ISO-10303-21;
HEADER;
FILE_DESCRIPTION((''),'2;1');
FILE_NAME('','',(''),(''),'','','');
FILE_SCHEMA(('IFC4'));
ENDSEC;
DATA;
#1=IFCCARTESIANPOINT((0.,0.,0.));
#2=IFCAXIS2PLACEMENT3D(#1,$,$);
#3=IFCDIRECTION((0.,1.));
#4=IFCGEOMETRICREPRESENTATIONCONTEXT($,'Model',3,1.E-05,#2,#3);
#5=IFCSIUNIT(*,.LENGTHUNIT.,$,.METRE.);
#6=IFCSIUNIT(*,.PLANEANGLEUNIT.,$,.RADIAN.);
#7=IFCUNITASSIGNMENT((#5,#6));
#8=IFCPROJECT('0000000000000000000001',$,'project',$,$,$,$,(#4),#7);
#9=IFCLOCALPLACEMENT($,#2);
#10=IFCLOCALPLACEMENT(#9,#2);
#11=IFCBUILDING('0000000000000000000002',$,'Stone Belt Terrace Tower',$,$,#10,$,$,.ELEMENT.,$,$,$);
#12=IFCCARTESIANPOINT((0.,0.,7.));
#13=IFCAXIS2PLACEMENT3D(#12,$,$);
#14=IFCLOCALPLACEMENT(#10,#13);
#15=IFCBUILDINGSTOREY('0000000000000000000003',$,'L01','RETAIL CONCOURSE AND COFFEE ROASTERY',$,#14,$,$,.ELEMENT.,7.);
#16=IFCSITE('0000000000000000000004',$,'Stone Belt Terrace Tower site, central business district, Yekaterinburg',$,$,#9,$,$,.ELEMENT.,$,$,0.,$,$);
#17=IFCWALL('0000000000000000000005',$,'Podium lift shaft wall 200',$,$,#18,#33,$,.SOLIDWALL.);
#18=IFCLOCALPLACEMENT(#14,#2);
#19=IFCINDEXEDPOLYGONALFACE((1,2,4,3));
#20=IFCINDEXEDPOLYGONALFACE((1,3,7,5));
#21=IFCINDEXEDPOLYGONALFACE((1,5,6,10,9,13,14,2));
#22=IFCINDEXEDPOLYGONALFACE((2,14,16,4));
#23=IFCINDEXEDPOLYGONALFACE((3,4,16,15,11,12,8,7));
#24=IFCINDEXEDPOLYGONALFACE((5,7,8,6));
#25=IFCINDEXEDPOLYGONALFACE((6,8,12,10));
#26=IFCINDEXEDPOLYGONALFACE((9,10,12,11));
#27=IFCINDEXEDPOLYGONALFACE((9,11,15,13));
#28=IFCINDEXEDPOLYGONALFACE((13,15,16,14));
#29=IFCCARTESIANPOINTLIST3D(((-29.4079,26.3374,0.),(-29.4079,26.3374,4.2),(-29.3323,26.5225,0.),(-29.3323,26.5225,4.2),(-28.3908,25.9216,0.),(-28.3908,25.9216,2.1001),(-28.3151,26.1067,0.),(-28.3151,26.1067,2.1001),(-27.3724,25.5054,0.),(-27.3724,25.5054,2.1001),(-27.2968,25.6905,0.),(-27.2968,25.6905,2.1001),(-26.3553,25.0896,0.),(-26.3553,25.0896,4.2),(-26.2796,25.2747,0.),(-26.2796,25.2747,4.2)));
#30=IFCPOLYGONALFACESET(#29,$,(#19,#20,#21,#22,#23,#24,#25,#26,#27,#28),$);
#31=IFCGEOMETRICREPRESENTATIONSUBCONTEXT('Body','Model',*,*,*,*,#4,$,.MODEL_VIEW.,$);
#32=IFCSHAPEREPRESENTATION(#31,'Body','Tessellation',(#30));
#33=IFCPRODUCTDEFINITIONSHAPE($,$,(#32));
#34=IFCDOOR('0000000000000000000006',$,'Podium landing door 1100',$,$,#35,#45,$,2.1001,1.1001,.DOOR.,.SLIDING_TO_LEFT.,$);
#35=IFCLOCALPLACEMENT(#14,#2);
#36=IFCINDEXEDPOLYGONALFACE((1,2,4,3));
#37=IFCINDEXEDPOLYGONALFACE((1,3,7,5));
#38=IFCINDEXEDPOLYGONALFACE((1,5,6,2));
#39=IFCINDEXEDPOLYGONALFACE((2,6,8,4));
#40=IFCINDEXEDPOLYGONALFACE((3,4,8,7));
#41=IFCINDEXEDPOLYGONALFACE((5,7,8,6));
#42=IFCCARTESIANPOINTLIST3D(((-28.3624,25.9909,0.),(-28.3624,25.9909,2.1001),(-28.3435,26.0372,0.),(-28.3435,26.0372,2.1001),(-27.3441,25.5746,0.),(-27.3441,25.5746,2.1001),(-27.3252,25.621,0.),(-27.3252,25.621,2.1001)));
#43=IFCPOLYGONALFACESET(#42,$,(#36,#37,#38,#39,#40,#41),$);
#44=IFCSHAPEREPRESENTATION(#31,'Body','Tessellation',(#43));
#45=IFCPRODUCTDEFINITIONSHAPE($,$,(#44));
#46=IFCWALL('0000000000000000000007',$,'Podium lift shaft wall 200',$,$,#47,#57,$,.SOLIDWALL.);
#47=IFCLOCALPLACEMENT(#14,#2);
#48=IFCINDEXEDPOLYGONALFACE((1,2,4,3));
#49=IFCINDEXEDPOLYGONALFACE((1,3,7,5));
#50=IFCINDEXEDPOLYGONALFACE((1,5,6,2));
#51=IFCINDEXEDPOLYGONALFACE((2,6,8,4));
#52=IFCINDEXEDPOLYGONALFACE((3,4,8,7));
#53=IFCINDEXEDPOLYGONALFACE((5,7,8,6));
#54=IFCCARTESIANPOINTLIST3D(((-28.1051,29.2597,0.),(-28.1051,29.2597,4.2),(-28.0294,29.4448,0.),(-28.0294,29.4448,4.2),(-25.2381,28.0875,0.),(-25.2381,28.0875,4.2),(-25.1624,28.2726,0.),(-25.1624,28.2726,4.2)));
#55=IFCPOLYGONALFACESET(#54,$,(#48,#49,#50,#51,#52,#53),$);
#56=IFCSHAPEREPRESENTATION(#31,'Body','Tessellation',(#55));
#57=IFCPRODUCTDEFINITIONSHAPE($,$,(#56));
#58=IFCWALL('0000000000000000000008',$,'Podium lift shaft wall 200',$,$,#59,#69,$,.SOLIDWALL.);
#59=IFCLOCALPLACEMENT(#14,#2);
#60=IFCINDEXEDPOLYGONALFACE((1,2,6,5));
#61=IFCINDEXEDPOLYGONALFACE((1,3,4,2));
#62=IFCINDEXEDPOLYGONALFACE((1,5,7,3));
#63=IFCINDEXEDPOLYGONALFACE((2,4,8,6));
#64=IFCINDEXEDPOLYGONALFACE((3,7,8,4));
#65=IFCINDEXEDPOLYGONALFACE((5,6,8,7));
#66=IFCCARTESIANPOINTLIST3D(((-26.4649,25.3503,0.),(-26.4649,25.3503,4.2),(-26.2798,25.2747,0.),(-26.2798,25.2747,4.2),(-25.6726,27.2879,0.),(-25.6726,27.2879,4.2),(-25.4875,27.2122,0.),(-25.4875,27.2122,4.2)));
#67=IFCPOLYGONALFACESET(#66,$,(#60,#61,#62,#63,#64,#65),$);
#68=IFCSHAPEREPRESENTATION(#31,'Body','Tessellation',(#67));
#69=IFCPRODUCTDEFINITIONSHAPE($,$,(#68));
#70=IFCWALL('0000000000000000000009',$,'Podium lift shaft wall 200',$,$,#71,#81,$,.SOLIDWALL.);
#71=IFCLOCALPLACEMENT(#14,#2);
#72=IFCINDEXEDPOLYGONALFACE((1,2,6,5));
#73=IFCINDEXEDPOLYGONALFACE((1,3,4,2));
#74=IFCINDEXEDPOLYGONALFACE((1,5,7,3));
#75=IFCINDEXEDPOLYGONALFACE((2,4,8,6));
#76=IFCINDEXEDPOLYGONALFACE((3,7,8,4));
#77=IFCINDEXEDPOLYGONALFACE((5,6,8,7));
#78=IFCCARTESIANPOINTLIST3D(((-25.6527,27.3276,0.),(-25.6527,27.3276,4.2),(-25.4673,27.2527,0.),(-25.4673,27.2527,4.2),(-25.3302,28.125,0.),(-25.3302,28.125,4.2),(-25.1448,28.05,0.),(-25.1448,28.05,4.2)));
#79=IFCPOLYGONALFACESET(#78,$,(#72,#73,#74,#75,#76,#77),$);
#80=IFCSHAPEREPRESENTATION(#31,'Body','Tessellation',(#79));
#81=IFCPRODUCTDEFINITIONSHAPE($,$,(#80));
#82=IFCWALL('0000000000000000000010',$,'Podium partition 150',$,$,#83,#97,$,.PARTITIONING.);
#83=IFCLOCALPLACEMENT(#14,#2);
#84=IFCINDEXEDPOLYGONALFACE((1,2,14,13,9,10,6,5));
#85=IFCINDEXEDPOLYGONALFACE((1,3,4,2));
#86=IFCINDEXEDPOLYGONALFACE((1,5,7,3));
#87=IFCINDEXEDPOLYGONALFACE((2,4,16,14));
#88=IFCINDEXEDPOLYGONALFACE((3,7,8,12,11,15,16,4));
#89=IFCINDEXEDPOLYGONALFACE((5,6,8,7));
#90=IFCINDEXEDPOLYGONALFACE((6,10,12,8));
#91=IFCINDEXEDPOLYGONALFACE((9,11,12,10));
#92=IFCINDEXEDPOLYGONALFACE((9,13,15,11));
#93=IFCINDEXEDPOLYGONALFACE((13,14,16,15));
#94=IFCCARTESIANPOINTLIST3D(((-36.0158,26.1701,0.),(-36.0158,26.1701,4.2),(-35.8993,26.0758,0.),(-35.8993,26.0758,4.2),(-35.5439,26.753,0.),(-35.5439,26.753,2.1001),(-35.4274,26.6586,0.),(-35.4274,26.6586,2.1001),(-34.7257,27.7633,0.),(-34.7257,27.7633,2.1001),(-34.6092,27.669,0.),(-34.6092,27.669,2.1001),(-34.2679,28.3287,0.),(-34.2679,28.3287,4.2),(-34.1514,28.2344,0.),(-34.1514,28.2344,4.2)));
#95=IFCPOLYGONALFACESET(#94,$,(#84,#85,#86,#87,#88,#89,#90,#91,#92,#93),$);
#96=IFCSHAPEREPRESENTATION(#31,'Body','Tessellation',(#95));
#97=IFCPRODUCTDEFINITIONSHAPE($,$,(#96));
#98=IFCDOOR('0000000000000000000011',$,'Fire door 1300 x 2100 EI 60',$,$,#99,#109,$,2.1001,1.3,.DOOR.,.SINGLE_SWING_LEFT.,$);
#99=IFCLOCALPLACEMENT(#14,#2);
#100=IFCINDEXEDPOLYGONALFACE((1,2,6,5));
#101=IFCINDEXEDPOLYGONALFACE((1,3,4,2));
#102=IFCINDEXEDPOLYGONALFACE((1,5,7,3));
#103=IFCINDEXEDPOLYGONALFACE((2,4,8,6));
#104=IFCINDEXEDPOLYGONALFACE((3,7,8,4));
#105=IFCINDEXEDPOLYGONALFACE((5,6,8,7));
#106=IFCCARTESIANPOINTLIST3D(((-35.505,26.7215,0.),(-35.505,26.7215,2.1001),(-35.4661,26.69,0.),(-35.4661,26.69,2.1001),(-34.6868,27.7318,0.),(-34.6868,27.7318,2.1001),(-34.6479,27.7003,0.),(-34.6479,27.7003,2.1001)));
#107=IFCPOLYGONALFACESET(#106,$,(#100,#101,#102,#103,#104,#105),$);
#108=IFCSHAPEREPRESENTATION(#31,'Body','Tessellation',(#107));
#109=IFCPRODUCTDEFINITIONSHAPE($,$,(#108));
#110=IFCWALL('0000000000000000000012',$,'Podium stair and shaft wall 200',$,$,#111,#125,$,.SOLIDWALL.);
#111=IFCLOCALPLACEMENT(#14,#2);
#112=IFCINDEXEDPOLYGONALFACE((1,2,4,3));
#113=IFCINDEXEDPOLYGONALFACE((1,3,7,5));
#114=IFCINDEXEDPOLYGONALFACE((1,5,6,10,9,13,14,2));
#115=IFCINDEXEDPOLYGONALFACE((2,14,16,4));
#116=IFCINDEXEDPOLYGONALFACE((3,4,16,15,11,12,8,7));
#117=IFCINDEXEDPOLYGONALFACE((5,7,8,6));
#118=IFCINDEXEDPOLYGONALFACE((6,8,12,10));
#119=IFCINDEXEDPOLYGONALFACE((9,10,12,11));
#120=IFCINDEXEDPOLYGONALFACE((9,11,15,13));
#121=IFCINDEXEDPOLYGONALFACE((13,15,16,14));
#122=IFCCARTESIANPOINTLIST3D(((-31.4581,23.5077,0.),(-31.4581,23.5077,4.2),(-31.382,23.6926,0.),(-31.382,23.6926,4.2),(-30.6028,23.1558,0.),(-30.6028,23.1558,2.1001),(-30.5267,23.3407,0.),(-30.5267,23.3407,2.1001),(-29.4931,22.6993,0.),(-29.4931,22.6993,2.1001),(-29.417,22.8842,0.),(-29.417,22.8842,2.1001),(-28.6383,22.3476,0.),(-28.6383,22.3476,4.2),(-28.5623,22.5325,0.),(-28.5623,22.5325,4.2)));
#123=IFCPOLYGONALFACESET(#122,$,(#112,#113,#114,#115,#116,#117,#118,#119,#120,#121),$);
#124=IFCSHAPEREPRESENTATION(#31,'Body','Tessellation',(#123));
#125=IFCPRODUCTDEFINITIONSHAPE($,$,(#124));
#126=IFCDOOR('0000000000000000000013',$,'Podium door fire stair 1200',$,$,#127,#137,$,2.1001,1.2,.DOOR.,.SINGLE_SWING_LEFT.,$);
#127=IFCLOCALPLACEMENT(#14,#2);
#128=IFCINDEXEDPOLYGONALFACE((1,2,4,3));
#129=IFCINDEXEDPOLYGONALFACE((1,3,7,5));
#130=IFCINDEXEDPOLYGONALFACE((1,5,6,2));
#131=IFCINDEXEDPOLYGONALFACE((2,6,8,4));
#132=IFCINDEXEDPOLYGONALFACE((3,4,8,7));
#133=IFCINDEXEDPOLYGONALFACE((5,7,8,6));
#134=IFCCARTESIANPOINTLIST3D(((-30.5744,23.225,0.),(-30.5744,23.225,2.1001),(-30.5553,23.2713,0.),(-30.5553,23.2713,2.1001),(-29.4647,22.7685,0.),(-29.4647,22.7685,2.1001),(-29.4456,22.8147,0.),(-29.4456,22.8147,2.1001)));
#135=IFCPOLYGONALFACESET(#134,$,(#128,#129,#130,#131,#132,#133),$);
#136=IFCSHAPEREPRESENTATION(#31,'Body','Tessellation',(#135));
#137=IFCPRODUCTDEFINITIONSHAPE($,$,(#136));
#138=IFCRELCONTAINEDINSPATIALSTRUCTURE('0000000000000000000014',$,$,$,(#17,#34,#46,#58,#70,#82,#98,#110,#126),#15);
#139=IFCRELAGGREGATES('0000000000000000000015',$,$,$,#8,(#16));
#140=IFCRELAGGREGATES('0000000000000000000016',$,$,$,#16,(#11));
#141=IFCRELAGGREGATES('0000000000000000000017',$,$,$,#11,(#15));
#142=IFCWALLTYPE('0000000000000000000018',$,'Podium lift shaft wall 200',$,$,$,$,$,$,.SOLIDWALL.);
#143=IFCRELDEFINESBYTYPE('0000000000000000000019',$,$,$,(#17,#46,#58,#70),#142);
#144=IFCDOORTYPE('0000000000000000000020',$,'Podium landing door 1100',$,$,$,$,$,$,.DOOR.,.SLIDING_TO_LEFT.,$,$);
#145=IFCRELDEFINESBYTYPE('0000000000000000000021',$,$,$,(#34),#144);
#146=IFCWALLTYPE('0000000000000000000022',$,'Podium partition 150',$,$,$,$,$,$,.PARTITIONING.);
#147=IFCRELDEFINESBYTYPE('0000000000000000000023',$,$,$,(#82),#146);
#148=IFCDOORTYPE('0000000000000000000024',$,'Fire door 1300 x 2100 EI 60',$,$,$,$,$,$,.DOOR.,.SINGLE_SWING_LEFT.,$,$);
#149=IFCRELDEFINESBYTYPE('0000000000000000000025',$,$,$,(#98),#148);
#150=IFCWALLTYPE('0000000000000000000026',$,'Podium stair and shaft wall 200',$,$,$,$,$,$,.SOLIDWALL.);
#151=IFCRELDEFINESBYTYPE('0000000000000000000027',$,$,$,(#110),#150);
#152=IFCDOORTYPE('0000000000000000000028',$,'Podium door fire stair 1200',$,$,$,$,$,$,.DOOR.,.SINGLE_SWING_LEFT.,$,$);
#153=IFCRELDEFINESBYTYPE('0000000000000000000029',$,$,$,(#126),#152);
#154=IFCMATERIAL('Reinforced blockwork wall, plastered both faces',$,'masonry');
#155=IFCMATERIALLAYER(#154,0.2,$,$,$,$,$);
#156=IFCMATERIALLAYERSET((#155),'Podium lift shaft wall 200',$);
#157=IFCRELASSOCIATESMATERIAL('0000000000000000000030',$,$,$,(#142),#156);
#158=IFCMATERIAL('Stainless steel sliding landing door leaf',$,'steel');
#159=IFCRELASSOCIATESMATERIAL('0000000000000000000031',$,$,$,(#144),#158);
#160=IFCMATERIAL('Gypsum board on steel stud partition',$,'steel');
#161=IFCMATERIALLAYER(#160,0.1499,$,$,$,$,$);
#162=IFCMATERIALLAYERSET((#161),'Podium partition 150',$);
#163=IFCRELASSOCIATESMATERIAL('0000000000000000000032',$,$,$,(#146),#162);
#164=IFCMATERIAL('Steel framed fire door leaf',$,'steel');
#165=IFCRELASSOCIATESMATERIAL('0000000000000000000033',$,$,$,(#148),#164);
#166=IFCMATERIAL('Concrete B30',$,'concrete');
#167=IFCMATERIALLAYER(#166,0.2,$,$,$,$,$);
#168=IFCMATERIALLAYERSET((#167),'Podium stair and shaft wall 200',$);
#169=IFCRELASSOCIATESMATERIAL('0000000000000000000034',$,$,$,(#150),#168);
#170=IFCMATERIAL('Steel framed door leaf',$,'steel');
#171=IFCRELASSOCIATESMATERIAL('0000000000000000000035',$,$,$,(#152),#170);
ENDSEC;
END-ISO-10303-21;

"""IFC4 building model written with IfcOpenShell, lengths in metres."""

from ifc_helpers import new_model, si_unit, direction, frame, frame_2d, origin, place, context, subcontext, project, spatial, rectangle, extrude, material, layer, layer_set, type_object, element, fill, save


model = new_model("IFC4")

# Units and contexts
model_context = context("Model", 3, precision=1e-05, world=origin(), true_north=direction((0.0, 1.0)))
body_context = subcontext(model_context, "Body", "Model", "MODEL_VIEW")
ifc_project = project(units=[si_unit("LENGTHUNIT", "METRE"), si_unit("PLANEANGLEUNIT", "RADIAN")], contexts=[model_context])

# Site, building, storey
site_placement = place(None, origin())
site = spatial("IfcSite", under=ifc_project, at=site_placement, Name="Stone Belt Terrace Tower site, central business district, Yekaterinburg", CompositionType="ELEMENT", RefElevation=0.0)
building_placement = place(site_placement, origin())
building = spatial("IfcBuilding", under=site, at=building_placement, Name="Stone Belt Terrace Tower", CompositionType="ELEMENT")
storey_placement = place(building_placement, frame((0.0, 0.0, 7.0)))
storey = spatial("IfcBuildingStorey", under=building, at=storey_placement, Name="L01", Description="RETAIL CONCOURSE AND COFFEE ROASTERY", CompositionType="ELEMENT", Elevation=7.0)

# Shared definitions
ifc_material_1 = material(Name="Concrete B30", Category="concrete")

# Shared definitions
ifc_material_2 = material(Name="Steel framed door leaf", Category="steel")

# Shared definitions
ifc_material_3 = material(Name="Reinforced blockwork wall, plastered both faces", Category="masonry")
ifc_layer_1 = layer(ifc_material_3, 0.2)
ifc_layer_set_1 = layer_set([ifc_layer_1], Name="Podium lift shaft wall 200")
wall_type_1 = type_object("IfcWallType", Name="Podium lift shaft wall 200", PredefinedType="SOLIDWALL", material=ifc_layer_set_1)

# Wall, opening, door
wall_1_placement = place(storey_placement, frame((-29.3701, 26.4299, 0.0), z_axis=(0.0, 0.0, 1.0), x_axis=(0.925658, -0.378362, 0.0)))
wall_1 = element("IfcWall", 1, at=wall_1_placement, inside=storey, type_object=wall_type_1, Name="Podium lift shaft wall 200", PredefinedType="SOLIDWALL", context=body_context, shape_type="SweptSolid", body=[
    extrude(rectangle(XDim=3.2979, YDim=0.2, at=frame_2d((1.6489, 0.0))), origin(), (0.0, 0.0, 1.0), 4.2),
])
opening_1_placement = place(wall_1_placement, frame((1.0989, 0.0, 0.0)))
opening_1 = element("IfcOpeningElement", 2, at=opening_1_placement, cuts=wall_1, PredefinedType="OPENING", context=body_context, shape_type="SweptSolid", body=[
    extrude(rectangle(XDim=1.1001, YDim=2.1001, at=frame_2d((0.55, 1.05))), frame((0.0, 0.1099, 0.0), z_axis=(0.0, -1.0, 0.0), x_axis=(1.0, 0.0, 0.0)), (0.0, 0.0, 1.0), 0.22),
])
ifc_material_4 = material(Name="Stainless steel sliding landing door leaf", Category="steel")
door_type_1 = type_object("IfcDoorType", Name="Podium landing door 1100", OperationType="SLIDING_TO_LEFT", PredefinedType="DOOR", material=ifc_material_4)
door_1_placement = place(opening_1_placement, origin())
door_1 = element("IfcDoor", 3, at=door_1_placement, inside=storey, type_object=door_type_1, Name="Podium landing door 1100", OperationType="SLIDING_TO_LEFT", OverallHeight=2.1001, OverallWidth=1.1001, PredefinedType="DOOR", context=body_context, shape_type="SweptSolid", body=[
    extrude(rectangle(XDim=1.1001, YDim=2.1001, at=frame_2d((0.55, 1.05))), frame((0.0, 0.0249, 0.0), z_axis=(0.0, -1.0, 0.0), x_axis=(1.0, 0.0, 0.0)), (0.0, 0.0, 1.0), 0.05),
])
fill(opening_1, door_1)

# Walls
wall_2_placement = place(storey_placement, frame((-28.0674, 29.3523, 0.0), z_axis=(0.0, 0.0, 1.0), x_axis=(0.925629, -0.378433, 0.0)))
element("IfcWall", 4, at=wall_2_placement, inside=storey, type_object=wall_type_1, Name="Podium lift shaft wall 200", PredefinedType="SOLIDWALL", context=body_context, shape_type="SweptSolid", body=[
    extrude(rectangle(XDim=3.0974, YDim=0.2, at=frame_2d((1.5488, 0.0))), origin(), (0.0, 0.0, 1.0), 4.2),
])
wall_3_placement = place(storey_placement, frame((-26.3723, 25.3125, 0.0), z_axis=(0.0, 0.0, 1.0), x_axis=(0.378478, 0.92561, 0.0)))
element("IfcWall", 5, at=wall_3_placement, inside=storey, type_object=wall_type_1, Name="Podium lift shaft wall 200", PredefinedType="SOLIDWALL", context=body_context, shape_type="SweptSolid", body=[
    extrude(rectangle(XDim=2.0933, YDim=0.2, at=frame_2d((1.0466, 0.0))), origin(), (0.0, 0.0, 1.0), 4.2),
])
wall_4_placement = place(storey_placement, frame((-25.5601, 27.29, 0.0), z_axis=(0.0, 0.0, 1.0), x_axis=(0.37496, 0.927041, 0.0)))
element("IfcWall", 6, at=wall_4_placement, inside=storey, type_object=wall_type_1, Name="Podium lift shaft wall 200", PredefinedType="SOLIDWALL", context=body_context, shape_type="SweptSolid", body=[
    extrude(rectangle(XDim=0.8601, YDim=0.2, at=frame_2d((0.4302, 0.0))), origin(), (0.0, 0.0, 1.0), 4.2),
])

# Walls, openings, doors
ifc_material_5 = material(Name="Gypsum board on steel stud partition", Category="steel")
ifc_layer_2 = layer(ifc_material_5, 0.1499)
ifc_layer_set_2 = layer_set([ifc_layer_2], Name="Podium partition 150")
wall_type_2 = type_object("IfcWallType", Name="Podium partition 150", PredefinedType="PARTITIONING", material=ifc_layer_set_2)
wall_5_placement = place(storey_placement, frame((-35.9575, 26.123, 0.0), z_axis=(0.0, 0.0, 1.0), x_axis=(0.629315, 0.777151, 0.0)))
wall_5 = element("IfcWall", 7, at=wall_5_placement, inside=storey, type_object=wall_type_2, Name="Podium partition 150", PredefinedType="PARTITIONING", context=body_context, shape_type="SweptSolid", body=[
    extrude(rectangle(XDim=2.7776, YDim=0.1499, at=frame_2d((1.3887, 0.0))), origin(), (0.0, 0.0, 1.0), 4.2),
])
opening_2_placement = place(wall_5_placement, frame((0.75, 0.0, 0.0)))
opening_2 = element("IfcOpeningElement", 8, at=opening_2_placement, cuts=wall_5, PredefinedType="OPENING", context=body_context, shape_type="SweptSolid", body=[
    extrude(rectangle(XDim=1.3, YDim=2.1001, at=frame_2d((0.6499, 1.05))), frame((0.0, 0.085, 0.0), z_axis=(0.0, -1.0, 0.0), x_axis=(1.0, 0.0, 0.0)), (0.0, 0.0, 1.0), 0.1699),
])
ifc_material_6 = material(Name="Steel framed fire door leaf", Category="steel")
door_type_2 = type_object("IfcDoorType", Name="Fire door 1300 x 2100 EI 60", OperationType="SINGLE_SWING_LEFT", PredefinedType="DOOR", material=ifc_material_6)
door_2_placement = place(opening_2_placement, origin())
door_2 = element("IfcDoor", 9, at=door_2_placement, inside=storey, type_object=door_type_2, Name="Fire door 1300 x 2100 EI 60", OperationType="SINGLE_SWING_LEFT", OverallHeight=2.1001, OverallWidth=1.3, PredefinedType="DOOR", context=body_context, shape_type="SweptSolid", body=[
    extrude(rectangle(XDim=1.3, YDim=2.1001, at=frame_2d((0.6499, 1.05))), frame((0.0, 0.0249, 0.0), z_axis=(0.0, -1.0, 0.0), x_axis=(1.0, 0.0, 0.0)), (0.0, 0.0, 1.0), 0.05),
])
fill(opening_2, door_2)
ifc_layer_3 = layer(ifc_material_1, 0.2)
ifc_layer_set_3 = layer_set([ifc_layer_3], Name="Podium stair and shaft wall 200")
wall_type_3 = type_object("IfcWallType", Name="Podium stair and shaft wall 200", PredefinedType="SOLIDWALL", material=ifc_layer_set_3)
wall_6_placement = place(storey_placement, frame((-31.4199, 23.6001, 0.0), z_axis=(0.0, 0.0, 1.0), x_axis=(0.924788, -0.380484, 0.0)))
wall_6 = element("IfcWall", 10, at=wall_6_placement, inside=storey, type_object=wall_type_3, Name="Podium stair and shaft wall 200", PredefinedType="SOLIDWALL", context=body_context, shape_type="SweptSolid", body=[
    extrude(rectangle(XDim=3.0491, YDim=0.2, at=frame_2d((1.5244, 0.0))), origin(), (0.0, 0.0, 1.0), 4.2),
])
opening_3_placement = place(wall_6_placement, frame((0.9246, 0.0, 0.0)))
opening_3 = element("IfcOpeningElement", 11, at=opening_3_placement, cuts=wall_6, PredefinedType="OPENING", context=body_context, shape_type="SweptSolid", body=[
    extrude(rectangle(XDim=1.2, YDim=2.1001, at=frame_2d((0.6001, 1.05))), frame((0.0, 0.1099, 0.0), z_axis=(0.0, -1.0, 0.0), x_axis=(1.0, 0.0, 0.0)), (0.0, 0.0, 1.0), 0.22),
])
door_type_3 = type_object("IfcDoorType", Name="Podium door fire stair 1200", OperationType="SINGLE_SWING_LEFT", PredefinedType="DOOR", material=ifc_material_2)
door_3_placement = place(opening_3_placement, origin())
door_3 = element("IfcDoor", 12, at=door_3_placement, inside=storey, type_object=door_type_3, Name="Podium door fire stair 1200", OperationType="SINGLE_SWING_LEFT", OverallHeight=2.1001, OverallWidth=1.2, PredefinedType="DOOR", context=body_context, shape_type="SweptSolid", body=[
    extrude(rectangle(XDim=1.2, YDim=2.1001, at=frame_2d((0.6001, 1.05))), frame((0.0, 0.0249, 0.0), z_axis=(0.0, -1.0, 0.0), x_axis=(1.0, 0.0, 0.0)), (0.0, 0.0, 1.0), 0.05),
])
fill(opening_3, door_3)

save(model, "model.ifc")
